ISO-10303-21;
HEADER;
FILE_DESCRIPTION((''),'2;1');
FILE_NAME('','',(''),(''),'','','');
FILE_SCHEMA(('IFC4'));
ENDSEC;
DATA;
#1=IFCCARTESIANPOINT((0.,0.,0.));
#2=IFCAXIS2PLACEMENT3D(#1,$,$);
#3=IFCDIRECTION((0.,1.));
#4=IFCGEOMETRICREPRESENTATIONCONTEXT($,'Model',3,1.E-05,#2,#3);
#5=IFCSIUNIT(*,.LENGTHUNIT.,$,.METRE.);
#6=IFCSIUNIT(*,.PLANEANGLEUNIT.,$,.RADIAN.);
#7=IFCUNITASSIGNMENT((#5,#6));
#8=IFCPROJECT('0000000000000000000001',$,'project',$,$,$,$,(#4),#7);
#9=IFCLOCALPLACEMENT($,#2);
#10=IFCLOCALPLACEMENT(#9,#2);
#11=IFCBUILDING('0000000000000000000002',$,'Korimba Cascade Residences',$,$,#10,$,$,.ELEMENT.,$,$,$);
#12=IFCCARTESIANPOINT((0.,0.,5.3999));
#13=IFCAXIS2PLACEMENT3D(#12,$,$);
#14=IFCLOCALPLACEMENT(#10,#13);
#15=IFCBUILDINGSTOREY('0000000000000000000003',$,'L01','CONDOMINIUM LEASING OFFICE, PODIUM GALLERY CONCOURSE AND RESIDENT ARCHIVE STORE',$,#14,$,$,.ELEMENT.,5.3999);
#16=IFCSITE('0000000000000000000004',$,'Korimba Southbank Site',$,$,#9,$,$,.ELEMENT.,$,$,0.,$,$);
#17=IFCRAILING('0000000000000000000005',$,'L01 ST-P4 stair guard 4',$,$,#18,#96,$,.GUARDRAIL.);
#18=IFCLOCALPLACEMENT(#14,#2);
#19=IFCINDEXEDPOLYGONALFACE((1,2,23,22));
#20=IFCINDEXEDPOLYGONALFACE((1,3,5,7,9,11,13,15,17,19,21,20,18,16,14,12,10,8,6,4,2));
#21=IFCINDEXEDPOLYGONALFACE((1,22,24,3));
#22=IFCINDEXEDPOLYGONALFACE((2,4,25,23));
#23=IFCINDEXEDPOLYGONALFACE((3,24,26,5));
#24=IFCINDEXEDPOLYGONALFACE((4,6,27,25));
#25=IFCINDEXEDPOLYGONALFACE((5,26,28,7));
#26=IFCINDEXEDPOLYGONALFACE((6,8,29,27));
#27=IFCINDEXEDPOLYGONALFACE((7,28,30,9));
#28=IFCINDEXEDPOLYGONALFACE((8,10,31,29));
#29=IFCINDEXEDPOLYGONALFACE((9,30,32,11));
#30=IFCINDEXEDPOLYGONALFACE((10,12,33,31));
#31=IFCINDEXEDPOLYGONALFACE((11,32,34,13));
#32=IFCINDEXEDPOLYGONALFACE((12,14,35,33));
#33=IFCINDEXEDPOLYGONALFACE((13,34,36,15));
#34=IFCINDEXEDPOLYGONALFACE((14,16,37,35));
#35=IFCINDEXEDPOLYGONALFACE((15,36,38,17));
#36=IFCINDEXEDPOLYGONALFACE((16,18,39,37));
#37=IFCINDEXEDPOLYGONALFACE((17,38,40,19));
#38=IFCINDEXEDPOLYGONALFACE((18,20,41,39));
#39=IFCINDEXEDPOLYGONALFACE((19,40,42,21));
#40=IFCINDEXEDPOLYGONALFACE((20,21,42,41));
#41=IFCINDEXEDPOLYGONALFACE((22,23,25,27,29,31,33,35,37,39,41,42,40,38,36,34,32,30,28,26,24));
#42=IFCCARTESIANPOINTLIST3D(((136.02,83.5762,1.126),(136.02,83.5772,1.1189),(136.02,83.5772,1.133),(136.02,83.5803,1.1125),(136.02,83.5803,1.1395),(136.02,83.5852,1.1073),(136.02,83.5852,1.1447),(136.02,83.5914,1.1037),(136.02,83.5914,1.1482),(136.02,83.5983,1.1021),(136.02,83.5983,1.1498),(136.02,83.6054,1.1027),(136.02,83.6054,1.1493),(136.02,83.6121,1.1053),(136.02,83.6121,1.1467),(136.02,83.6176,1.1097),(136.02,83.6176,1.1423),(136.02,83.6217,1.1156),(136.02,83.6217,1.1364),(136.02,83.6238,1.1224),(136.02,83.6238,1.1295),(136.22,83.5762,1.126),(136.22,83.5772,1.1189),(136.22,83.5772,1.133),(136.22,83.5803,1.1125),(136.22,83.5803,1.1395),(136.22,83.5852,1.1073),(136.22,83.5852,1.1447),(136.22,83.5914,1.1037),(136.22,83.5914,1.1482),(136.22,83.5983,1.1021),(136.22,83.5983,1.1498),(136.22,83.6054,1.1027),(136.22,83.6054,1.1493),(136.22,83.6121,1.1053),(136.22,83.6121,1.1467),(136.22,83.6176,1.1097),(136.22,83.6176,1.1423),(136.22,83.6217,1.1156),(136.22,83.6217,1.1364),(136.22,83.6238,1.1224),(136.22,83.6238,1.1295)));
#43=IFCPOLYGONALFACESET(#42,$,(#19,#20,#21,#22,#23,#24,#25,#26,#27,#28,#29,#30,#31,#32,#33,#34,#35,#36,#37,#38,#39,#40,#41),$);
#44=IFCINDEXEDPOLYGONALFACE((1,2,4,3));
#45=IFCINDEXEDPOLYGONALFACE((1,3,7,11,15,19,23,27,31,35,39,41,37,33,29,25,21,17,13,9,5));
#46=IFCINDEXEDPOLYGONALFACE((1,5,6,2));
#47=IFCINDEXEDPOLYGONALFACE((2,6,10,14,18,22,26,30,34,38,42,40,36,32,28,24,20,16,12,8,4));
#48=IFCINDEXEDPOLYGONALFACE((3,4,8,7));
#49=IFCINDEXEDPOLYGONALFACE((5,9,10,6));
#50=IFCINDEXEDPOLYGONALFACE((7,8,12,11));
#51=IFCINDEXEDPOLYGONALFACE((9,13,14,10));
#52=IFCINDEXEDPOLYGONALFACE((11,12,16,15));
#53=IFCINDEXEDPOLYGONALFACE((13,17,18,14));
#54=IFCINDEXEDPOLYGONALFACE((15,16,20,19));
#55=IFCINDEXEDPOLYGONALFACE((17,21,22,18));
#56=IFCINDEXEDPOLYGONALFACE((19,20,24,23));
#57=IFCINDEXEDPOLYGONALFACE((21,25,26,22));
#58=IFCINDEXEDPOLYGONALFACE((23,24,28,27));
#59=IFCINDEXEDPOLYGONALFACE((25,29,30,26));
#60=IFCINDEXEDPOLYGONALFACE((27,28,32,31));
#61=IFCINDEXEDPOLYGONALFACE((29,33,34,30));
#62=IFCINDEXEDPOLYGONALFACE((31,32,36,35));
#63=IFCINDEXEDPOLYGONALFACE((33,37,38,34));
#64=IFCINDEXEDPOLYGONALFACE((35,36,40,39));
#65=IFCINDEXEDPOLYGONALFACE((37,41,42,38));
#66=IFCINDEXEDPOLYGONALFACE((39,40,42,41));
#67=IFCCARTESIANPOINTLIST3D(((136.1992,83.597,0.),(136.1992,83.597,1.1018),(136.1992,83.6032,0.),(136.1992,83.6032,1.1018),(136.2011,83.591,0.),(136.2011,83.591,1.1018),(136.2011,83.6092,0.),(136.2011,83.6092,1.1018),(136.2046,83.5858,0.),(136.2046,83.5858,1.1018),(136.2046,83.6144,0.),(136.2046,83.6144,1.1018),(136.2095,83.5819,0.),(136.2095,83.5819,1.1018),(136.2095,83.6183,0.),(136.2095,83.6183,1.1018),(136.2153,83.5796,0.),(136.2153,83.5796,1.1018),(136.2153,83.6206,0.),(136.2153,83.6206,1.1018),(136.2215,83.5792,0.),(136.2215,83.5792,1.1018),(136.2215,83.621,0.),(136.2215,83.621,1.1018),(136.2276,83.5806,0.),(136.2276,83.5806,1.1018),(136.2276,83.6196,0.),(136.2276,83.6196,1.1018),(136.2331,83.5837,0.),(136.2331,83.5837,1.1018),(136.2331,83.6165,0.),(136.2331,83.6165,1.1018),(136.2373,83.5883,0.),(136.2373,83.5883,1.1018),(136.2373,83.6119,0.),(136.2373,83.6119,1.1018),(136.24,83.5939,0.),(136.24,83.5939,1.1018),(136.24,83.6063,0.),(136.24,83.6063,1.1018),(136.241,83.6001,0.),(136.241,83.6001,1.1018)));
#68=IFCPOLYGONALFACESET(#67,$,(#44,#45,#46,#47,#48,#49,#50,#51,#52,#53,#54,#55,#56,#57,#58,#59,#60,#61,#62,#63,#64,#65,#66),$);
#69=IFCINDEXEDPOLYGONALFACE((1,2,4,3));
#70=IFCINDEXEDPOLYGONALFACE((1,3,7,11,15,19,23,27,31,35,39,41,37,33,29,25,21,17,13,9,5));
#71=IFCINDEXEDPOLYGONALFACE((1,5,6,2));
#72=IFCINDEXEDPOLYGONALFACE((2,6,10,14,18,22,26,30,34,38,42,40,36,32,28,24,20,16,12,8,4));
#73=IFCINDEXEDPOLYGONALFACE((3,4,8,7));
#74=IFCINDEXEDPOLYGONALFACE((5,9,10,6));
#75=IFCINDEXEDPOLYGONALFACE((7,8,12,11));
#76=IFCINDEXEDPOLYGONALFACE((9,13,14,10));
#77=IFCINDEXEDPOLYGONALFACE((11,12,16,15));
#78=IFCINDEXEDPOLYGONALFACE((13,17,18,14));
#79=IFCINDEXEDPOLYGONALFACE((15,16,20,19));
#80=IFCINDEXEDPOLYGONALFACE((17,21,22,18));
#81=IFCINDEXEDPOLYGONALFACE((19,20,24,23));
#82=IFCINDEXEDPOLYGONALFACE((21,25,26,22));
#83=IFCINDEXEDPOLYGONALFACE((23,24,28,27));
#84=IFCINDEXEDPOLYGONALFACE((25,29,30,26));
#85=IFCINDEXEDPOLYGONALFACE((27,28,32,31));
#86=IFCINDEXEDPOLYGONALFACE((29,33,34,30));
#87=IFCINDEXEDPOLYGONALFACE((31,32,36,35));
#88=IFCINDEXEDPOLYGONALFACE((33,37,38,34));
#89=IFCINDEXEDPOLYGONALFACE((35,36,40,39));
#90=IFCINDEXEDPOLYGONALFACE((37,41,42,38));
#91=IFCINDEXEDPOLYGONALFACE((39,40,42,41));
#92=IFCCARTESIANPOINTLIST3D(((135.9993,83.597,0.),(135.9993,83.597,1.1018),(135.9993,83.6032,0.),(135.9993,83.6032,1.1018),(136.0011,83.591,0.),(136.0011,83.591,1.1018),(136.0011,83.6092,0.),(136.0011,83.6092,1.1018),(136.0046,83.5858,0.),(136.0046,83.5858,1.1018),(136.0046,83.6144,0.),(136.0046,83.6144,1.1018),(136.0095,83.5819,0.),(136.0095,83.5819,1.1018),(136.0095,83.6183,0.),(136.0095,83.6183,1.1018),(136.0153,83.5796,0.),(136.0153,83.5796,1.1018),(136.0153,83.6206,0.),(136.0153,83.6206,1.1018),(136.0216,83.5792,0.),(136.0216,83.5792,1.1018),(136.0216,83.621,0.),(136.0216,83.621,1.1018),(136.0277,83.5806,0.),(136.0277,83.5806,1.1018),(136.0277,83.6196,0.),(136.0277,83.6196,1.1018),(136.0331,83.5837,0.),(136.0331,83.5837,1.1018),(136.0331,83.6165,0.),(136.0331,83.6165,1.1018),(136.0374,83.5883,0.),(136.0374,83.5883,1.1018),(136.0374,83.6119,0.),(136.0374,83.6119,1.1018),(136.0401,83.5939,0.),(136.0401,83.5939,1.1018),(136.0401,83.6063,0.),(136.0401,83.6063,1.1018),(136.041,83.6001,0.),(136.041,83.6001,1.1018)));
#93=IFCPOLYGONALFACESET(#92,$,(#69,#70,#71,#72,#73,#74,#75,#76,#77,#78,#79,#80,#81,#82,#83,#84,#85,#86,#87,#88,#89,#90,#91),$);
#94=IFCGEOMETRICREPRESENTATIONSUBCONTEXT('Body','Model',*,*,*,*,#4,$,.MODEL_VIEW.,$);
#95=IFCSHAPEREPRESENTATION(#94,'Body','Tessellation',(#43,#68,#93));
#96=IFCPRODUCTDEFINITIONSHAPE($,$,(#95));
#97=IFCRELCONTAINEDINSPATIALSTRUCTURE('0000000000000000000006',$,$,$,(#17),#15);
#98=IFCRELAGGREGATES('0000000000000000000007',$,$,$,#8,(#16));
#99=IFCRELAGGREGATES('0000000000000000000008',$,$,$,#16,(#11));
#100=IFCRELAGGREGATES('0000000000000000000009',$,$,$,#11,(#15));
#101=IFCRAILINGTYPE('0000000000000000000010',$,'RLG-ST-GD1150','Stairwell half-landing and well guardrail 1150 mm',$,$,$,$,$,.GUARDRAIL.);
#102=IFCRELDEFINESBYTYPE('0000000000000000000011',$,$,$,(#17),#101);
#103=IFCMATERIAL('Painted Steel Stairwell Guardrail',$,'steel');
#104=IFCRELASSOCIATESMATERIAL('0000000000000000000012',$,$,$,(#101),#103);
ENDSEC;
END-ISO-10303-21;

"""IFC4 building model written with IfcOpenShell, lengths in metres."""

from ifc_helpers import new_model, si_unit, direction, frame, origin, origin_2d, place, context, subcontext, project, spatial, circle, extrude, material, type_object, element, save


model = new_model("IFC4")

# Units and contexts
model_context = context("Model", 3, precision=1e-05, world=origin(), true_north=direction((0.0, 1.0)))
body_context = subcontext(model_context, "Body", "Model", "MODEL_VIEW")
ifc_project = project(units=[si_unit("LENGTHUNIT", "METRE"), si_unit("PLANEANGLEUNIT", "RADIAN")], contexts=[model_context])

# Site, building, storey
site_placement = place(None, origin())
site = spatial("IfcSite", under=ifc_project, at=site_placement, Name="Korimba Southbank Site", CompositionType="ELEMENT", RefElevation=0.0)
building_placement = place(site_placement, origin())
building = spatial("IfcBuilding", under=site, at=building_placement, Name="Korimba Cascade Residences", CompositionType="ELEMENT")
storey_placement = place(building_placement, frame((0.0, 0.0, 5.3999)))
storey = spatial("IfcBuildingStorey", under=building, at=storey_placement, Name="L01", Description="CONDOMINIUM LEASING OFFICE, PODIUM GALLERY CONCOURSE AND RESIDENT ARCHIVE STORE", CompositionType="ELEMENT", Elevation=5.3999)

# Railing
ifc_material_1 = material(Name="Painted Steel Stairwell Guardrail", Category="steel")
railing_type_1 = type_object("IfcRailingType", Name="RLG-ST-GD1150", Description="Stairwell half-landing and well guardrail 1150 mm", PredefinedType="GUARDRAIL", material=ifc_material_1)
railing_1_placement = place(storey_placement, frame((136.22, 83.6001, 0.0)))
element("IfcRailing", 1, at=railing_1_placement, inside=storey, type_object=railing_type_1, Name="L01 ST-P4 stair guard 4", PredefinedType="GUARDRAIL", context=body_context, shape_type="SweptSolid", body=[
    extrude(circle(Radius=0.0239, at=origin_2d()), frame((0.0, 0.0, 1.126), z_axis=(-1.0, 0.0, 0.0), x_axis=(0.0, -1.0, 0.0)), (0.0, 0.0, 1.0), 0.2),
    extrude(circle(Radius=0.021, at=origin_2d()), origin(), (0.0, 0.0, 1.0), 1.1018),
    extrude(circle(Radius=0.021, at=origin_2d()), frame((-0.2, 0.0, 0.0)), (0.0, 0.0, 1.0), 1.1018),
])

save(model, "model.ifc")
